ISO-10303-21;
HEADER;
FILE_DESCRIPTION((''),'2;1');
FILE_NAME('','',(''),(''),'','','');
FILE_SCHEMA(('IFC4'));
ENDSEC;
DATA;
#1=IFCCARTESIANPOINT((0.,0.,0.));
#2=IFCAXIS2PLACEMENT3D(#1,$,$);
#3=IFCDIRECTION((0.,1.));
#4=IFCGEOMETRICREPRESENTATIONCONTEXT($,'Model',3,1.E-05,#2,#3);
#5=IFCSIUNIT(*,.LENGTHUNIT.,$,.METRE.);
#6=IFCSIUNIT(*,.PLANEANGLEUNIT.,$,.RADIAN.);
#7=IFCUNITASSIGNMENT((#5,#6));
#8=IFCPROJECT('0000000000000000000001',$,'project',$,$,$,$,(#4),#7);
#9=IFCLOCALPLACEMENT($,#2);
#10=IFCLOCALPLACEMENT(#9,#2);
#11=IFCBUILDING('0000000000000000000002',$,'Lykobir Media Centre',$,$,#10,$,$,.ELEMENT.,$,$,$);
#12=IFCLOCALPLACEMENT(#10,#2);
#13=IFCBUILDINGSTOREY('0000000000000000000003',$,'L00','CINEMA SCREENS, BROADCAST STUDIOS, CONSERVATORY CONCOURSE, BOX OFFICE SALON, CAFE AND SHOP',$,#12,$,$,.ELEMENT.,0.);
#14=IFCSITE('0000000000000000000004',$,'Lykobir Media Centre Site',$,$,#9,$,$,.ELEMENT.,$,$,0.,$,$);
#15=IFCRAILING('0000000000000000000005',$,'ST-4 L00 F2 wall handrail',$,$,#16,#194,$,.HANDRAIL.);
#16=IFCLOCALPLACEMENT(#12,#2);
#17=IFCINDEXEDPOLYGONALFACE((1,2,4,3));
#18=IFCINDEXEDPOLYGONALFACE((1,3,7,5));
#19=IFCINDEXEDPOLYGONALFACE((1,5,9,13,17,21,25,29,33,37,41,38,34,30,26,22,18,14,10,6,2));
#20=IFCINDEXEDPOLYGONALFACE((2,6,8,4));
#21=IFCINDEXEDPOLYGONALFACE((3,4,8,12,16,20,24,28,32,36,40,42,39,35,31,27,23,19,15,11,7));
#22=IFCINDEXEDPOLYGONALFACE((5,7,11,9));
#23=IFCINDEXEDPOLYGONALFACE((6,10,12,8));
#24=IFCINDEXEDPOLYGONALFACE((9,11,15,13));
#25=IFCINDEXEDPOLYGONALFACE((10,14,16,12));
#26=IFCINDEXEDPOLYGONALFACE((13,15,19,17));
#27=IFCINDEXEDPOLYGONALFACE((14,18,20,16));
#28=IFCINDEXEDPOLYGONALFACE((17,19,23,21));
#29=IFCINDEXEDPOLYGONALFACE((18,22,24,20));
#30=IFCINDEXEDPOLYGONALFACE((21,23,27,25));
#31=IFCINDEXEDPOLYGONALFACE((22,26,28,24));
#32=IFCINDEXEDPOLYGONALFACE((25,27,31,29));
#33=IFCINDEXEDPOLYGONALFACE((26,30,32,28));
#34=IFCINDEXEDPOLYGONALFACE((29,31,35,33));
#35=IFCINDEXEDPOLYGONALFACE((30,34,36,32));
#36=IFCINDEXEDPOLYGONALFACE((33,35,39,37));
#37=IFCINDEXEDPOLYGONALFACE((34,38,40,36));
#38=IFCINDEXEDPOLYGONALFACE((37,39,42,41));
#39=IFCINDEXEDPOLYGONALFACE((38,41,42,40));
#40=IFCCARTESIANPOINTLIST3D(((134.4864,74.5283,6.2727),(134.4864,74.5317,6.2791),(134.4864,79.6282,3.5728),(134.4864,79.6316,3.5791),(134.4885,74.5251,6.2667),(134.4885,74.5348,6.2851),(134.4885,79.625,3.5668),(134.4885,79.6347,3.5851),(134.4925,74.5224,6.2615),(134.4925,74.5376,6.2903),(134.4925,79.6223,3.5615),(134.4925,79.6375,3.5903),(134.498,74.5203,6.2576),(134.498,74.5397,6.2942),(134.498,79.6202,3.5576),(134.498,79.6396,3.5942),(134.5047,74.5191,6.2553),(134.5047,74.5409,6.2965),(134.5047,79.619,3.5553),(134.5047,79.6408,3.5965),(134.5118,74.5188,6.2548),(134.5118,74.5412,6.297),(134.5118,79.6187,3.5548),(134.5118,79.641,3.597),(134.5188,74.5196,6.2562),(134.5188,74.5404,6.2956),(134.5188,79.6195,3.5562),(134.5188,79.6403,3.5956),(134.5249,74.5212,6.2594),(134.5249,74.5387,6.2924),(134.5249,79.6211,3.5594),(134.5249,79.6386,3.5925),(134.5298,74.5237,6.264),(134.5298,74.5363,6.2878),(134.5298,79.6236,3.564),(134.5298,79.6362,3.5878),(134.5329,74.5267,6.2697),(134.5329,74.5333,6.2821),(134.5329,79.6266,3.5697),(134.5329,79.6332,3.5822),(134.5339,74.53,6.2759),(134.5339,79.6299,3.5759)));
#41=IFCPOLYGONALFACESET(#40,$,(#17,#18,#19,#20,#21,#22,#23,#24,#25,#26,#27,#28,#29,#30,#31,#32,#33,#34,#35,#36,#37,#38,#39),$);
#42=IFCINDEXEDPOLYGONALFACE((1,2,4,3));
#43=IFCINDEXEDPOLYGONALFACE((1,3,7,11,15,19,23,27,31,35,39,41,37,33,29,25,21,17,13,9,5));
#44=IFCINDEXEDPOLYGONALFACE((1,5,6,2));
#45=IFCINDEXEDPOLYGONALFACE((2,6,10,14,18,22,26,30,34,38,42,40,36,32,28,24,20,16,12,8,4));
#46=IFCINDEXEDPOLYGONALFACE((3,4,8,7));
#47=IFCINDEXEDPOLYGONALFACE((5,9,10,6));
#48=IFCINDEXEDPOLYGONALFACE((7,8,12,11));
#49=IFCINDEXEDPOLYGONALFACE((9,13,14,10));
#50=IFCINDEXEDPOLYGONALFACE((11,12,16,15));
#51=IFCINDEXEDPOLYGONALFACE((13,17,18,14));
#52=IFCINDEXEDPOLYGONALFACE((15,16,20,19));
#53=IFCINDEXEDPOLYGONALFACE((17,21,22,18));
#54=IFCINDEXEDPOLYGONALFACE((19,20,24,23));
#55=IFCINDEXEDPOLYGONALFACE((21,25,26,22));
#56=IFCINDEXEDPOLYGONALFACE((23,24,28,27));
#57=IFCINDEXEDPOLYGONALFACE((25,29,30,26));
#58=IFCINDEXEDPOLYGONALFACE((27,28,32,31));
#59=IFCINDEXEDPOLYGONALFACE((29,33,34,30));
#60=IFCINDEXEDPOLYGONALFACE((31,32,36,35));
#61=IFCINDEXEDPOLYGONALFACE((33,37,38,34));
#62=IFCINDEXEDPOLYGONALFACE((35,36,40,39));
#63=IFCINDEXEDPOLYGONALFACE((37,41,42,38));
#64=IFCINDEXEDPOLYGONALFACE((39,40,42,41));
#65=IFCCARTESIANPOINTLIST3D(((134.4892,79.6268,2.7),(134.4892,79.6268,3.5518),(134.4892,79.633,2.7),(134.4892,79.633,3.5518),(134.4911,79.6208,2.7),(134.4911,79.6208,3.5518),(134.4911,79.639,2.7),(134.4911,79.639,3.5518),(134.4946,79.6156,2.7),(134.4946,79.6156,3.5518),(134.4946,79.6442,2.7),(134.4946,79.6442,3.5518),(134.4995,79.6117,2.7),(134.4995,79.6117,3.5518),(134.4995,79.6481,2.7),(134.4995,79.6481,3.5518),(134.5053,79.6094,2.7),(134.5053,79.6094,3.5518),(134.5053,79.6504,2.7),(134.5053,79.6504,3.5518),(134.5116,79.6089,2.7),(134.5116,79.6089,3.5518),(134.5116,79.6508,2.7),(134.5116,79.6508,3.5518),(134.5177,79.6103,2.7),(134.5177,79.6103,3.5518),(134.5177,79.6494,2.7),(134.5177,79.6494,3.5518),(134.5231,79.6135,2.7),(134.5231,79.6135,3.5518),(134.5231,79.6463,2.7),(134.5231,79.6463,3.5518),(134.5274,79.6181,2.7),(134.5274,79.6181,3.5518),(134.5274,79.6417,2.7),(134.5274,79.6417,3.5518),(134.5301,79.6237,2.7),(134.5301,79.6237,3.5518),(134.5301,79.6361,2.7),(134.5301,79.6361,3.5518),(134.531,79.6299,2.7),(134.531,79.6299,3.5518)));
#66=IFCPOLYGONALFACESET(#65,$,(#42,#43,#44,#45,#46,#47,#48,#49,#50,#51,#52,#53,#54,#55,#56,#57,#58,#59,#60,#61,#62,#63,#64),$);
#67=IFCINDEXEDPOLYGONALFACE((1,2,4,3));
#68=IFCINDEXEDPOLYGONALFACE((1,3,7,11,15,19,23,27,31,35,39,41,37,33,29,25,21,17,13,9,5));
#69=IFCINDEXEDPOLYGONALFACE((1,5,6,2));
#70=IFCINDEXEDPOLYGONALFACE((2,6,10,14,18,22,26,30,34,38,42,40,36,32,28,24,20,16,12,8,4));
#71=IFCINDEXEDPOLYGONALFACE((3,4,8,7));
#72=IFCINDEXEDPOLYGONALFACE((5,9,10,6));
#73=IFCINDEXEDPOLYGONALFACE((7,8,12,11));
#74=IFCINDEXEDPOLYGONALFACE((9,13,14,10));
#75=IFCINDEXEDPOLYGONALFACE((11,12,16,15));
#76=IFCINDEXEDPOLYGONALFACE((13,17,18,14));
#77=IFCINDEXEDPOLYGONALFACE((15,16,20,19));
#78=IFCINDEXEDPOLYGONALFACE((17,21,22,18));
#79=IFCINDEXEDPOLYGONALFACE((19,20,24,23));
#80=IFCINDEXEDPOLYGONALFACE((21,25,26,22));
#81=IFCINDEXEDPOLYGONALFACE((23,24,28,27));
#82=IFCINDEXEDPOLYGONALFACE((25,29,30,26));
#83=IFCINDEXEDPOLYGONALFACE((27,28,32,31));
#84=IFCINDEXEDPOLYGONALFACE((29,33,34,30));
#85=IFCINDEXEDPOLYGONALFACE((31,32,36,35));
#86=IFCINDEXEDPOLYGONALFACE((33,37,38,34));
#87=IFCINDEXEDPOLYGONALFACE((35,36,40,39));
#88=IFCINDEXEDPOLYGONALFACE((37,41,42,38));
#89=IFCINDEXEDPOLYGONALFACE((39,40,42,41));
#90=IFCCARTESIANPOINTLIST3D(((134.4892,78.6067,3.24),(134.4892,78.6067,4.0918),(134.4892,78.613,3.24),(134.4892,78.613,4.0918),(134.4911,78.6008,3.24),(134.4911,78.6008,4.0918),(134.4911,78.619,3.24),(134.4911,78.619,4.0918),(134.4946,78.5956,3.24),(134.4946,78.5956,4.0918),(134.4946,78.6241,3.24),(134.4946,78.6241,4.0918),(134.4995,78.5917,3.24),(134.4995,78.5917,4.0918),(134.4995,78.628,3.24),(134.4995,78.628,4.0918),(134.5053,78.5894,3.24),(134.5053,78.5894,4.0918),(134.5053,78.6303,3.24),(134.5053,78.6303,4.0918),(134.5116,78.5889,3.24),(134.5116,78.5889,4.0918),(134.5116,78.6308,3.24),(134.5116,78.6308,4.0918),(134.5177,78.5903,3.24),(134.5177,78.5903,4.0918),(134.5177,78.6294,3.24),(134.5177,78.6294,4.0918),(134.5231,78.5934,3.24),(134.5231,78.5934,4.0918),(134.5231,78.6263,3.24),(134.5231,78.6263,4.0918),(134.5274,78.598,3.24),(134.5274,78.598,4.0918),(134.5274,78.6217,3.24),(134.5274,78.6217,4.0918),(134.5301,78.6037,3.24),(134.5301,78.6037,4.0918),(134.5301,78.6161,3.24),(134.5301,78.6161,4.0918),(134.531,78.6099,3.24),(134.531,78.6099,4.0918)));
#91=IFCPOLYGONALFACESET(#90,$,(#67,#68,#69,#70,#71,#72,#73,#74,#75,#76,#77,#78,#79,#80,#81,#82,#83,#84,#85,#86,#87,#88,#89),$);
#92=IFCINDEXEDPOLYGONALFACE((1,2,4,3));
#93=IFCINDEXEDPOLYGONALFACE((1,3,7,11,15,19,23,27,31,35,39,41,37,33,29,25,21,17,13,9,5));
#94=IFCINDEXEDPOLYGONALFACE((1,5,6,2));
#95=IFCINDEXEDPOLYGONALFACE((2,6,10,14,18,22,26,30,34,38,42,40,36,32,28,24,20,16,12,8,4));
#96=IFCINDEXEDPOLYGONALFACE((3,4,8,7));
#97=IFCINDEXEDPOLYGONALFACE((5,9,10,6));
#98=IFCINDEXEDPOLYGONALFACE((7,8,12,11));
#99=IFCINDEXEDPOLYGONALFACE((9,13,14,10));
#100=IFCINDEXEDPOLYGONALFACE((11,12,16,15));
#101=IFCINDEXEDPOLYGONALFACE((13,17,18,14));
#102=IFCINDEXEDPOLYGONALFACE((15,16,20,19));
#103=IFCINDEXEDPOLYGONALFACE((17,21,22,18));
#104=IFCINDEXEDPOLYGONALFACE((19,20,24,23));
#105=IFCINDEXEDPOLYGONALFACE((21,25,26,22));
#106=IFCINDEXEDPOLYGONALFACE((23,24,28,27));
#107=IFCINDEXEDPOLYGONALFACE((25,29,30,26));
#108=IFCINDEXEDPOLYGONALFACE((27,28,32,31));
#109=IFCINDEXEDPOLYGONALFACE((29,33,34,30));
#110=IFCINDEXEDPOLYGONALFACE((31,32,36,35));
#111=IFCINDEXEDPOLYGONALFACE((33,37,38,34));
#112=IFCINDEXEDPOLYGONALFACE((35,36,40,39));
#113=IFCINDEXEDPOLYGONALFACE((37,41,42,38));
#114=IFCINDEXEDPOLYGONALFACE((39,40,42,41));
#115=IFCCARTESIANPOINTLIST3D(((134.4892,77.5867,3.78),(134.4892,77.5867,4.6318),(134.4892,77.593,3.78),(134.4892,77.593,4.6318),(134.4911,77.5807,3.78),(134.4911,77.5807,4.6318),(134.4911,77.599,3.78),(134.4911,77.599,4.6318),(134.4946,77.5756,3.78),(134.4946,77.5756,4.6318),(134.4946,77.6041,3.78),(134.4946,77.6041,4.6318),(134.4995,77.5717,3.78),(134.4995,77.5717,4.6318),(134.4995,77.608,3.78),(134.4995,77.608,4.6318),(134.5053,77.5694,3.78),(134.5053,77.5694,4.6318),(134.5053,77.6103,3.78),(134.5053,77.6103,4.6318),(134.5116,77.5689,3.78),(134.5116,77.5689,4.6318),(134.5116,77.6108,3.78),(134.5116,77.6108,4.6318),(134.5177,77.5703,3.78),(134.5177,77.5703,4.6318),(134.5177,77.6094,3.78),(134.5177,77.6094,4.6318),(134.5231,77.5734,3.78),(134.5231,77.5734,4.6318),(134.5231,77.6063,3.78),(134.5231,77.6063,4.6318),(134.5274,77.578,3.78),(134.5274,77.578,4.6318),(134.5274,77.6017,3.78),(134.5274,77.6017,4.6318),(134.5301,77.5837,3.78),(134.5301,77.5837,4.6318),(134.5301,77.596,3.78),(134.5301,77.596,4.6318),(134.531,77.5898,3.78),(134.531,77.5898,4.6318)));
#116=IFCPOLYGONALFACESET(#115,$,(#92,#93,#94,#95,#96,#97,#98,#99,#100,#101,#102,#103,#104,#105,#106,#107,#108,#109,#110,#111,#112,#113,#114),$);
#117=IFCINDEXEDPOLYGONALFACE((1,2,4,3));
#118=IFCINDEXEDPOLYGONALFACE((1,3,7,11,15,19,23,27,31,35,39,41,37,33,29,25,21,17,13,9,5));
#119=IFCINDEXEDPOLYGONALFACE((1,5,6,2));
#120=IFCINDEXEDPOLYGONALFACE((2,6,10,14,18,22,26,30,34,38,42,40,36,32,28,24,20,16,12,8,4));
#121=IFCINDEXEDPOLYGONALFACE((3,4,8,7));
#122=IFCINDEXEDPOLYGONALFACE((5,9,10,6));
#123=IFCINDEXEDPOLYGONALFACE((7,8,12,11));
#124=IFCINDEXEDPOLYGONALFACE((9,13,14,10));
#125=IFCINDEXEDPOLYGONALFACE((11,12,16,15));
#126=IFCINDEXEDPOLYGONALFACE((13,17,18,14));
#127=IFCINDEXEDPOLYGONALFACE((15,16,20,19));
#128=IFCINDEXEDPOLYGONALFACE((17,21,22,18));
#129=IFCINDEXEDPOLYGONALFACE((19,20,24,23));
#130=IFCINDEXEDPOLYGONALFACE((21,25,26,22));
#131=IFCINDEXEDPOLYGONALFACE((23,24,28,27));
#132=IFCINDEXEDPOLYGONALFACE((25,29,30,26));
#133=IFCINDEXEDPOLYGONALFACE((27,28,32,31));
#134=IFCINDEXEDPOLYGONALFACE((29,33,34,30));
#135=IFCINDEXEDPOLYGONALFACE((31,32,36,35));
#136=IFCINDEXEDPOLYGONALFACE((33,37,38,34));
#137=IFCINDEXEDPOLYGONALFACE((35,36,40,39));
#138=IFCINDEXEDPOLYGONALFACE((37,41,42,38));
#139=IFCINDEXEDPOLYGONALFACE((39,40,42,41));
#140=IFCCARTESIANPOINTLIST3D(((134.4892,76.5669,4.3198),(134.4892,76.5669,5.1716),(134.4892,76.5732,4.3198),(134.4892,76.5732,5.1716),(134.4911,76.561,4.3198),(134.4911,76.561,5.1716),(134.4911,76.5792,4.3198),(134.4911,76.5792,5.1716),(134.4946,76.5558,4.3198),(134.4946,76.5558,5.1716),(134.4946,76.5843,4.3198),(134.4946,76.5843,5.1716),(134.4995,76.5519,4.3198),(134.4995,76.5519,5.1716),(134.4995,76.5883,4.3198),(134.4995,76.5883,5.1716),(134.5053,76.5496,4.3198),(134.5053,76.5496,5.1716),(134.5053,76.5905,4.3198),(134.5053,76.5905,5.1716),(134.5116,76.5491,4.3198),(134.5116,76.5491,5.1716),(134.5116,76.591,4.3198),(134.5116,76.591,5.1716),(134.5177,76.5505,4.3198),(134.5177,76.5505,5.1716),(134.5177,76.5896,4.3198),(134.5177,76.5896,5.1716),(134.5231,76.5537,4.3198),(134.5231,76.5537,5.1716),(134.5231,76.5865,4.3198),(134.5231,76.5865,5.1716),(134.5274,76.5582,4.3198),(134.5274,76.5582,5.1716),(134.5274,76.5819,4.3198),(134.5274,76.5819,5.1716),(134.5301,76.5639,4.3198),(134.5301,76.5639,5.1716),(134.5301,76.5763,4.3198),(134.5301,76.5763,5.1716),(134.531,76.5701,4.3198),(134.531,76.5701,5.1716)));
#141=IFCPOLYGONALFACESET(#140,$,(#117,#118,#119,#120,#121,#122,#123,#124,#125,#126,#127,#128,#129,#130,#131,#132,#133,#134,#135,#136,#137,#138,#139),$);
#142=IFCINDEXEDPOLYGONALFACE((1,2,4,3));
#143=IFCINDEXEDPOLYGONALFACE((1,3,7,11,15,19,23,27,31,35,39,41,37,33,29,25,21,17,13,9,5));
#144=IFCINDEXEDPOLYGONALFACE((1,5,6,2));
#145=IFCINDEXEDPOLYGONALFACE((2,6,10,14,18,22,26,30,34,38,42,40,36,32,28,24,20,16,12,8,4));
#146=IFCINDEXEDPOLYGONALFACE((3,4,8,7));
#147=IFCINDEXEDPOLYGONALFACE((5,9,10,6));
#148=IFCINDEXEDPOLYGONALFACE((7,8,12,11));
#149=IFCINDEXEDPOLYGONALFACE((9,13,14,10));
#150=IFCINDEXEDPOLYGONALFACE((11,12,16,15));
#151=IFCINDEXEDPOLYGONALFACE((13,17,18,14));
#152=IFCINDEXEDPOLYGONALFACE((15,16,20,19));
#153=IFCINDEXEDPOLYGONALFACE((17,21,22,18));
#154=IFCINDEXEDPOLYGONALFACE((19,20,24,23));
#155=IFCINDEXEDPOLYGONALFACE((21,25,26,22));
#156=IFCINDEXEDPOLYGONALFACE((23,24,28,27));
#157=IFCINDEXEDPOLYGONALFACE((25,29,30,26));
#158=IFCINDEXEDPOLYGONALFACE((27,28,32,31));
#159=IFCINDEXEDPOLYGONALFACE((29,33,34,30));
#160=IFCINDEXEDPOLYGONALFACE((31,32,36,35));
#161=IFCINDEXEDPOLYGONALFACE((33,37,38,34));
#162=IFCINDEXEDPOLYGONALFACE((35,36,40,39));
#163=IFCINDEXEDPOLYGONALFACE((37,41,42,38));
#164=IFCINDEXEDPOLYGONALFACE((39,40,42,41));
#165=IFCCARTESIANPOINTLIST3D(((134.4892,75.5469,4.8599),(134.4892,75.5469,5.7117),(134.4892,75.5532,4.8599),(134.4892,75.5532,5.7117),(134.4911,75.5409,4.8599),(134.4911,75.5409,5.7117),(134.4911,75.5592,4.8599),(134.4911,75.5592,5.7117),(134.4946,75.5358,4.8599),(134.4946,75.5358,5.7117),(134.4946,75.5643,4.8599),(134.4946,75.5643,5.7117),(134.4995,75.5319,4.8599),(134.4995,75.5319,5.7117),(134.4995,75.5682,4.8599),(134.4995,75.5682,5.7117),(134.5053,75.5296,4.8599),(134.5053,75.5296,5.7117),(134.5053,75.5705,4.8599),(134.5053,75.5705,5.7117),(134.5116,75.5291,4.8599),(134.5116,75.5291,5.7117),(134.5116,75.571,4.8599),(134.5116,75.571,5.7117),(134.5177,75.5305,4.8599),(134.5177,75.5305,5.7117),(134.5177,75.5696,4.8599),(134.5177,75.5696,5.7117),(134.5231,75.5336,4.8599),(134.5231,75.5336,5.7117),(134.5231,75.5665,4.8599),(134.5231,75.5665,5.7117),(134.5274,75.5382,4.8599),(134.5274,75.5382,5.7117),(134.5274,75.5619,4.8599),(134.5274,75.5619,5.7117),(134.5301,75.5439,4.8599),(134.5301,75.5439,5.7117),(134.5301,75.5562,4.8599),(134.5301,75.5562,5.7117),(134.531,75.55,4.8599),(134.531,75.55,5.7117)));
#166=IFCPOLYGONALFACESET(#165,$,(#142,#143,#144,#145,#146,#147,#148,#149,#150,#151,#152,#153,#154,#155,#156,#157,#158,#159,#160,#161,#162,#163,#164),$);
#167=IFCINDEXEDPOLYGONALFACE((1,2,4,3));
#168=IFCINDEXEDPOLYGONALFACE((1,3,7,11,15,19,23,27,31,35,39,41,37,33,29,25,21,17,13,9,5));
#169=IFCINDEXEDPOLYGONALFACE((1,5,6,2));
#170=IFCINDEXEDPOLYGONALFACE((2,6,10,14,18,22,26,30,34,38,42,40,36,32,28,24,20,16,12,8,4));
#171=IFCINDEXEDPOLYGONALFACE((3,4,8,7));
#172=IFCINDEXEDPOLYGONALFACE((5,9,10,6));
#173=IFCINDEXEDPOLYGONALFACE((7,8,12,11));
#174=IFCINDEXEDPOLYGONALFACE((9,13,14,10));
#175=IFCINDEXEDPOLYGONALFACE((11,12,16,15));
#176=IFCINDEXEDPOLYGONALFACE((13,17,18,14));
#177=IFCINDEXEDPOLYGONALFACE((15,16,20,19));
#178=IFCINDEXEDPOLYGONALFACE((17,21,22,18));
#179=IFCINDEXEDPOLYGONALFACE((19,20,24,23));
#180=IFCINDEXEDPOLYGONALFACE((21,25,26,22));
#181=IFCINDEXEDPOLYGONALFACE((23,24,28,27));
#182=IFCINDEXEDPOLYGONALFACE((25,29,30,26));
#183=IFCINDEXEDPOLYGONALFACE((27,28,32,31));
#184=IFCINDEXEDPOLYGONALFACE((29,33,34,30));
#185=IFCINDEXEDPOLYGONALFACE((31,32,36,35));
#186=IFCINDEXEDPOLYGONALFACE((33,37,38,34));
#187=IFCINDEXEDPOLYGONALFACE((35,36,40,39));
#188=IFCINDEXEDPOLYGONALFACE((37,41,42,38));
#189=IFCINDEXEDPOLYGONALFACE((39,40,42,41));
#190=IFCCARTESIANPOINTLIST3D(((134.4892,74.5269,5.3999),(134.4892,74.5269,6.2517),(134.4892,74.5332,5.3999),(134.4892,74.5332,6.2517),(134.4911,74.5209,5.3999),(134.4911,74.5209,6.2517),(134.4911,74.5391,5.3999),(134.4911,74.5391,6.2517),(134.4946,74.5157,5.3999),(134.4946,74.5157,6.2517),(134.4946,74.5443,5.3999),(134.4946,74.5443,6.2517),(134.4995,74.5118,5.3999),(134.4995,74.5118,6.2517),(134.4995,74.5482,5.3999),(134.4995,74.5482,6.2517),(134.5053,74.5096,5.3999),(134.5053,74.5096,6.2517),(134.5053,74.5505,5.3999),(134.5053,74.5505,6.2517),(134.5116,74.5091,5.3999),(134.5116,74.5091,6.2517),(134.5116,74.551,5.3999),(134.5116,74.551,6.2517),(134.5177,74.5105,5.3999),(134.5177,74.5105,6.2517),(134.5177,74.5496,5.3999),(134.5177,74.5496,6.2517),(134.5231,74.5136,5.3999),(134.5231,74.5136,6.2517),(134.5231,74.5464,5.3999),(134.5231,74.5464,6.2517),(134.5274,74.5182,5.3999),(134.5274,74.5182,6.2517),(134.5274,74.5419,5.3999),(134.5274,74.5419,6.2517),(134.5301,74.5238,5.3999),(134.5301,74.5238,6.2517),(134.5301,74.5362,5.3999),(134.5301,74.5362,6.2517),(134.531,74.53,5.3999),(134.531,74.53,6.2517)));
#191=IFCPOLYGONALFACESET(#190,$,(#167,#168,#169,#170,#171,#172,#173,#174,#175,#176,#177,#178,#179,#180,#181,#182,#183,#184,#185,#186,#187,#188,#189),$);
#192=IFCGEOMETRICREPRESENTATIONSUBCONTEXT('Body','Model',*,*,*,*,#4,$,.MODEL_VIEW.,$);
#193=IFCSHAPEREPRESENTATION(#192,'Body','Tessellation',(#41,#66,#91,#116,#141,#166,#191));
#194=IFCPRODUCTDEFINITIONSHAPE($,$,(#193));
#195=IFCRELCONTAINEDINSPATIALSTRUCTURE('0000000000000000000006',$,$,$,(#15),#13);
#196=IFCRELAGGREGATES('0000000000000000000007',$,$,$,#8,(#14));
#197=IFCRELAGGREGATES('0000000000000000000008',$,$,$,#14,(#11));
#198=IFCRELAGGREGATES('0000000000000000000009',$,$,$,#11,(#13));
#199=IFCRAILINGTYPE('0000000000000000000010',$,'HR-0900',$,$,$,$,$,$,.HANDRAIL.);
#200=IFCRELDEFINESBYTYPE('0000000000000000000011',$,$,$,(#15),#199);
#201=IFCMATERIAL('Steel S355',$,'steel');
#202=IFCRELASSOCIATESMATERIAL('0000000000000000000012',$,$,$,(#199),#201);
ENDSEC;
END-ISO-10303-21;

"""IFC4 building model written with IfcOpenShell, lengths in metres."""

from ifc_helpers import new_model, si_unit, direction, frame, origin, origin_2d, place, context, subcontext, project, spatial, circle, extrude, material, type_object, element, save


model = new_model("IFC4")

# Units and contexts
model_context = context("Model", 3, precision=1e-05, world=origin(), true_north=direction((0.0, 1.0)))
body_context = subcontext(model_context, "Body", "Model", "MODEL_VIEW")
ifc_project = project(units=[si_unit("LENGTHUNIT", "METRE"), si_unit("PLANEANGLEUNIT", "RADIAN")], contexts=[model_context])

# Site, building, storey
site_placement = place(None, origin())
site = spatial("IfcSite", under=ifc_project, at=site_placement, Name="Lykobir Media Centre Site", CompositionType="ELEMENT", RefElevation=0.0)
building_placement = place(site_placement, origin())
building = spatial("IfcBuilding", under=site, at=building_placement, Name="Lykobir Media Centre", CompositionType="ELEMENT")
storey_placement = place(building_placement, origin())
storey = spatial("IfcBuildingStorey", under=building, at=storey_placement, Name="L00", Description="CINEMA SCREENS, BROADCAST STUDIOS, CONSERVATORY CONCOURSE, BOX OFFICE SALON, CAFE AND SHOP", CompositionType="ELEMENT", Elevation=0.0)

# Shared definitions
ifc_material_1 = material(Name="Steel S355", Category="steel")

# Railing
railing_type_1 = type_object("IfcRailingType", Name="HR-0900", PredefinedType="HANDRAIL", material=ifc_material_1)
railing_1_placement = place(storey_placement, frame((134.51, 79.6299, 2.7)))
element("IfcRailing", 1, at=railing_1_placement, inside=storey, type_object=railing_type_1, Name="ST-4 L00 F2 wall handrail", PredefinedType="HANDRAIL", context=body_context, shape_type="SweptSolid", body=[
    extrude(circle(Radius=0.0239, at=origin_2d()), frame((0.0, 0.0, 0.876), z_axis=(0.0, -0.883786, 0.467892), x_axis=(1.0, 0.0, 0.0)), (0.0, 0.0, 1.0), 5.7705),
    extrude(circle(Radius=0.021, at=origin_2d()), origin(), (0.0, 0.0, 1.0), 0.8518),
    extrude(circle(Radius=0.021, at=origin_2d()), frame((0.0, -1.02, 0.54)), (0.0, 0.0, 1.0), 0.8518),
    extrude(circle(Radius=0.021, at=origin_2d()), frame((0.0, -2.04, 1.0801)), (0.0, 0.0, 1.0), 0.8518),
    extrude(circle(Radius=0.021, at=origin_2d()), frame((0.0, -3.0598, 1.6199)), (0.0, 0.0, 1.0), 0.8518),
    extrude(circle(Radius=0.021, at=origin_2d()), frame((0.0, -4.0798, 2.1599)), (0.0, 0.0, 1.0), 0.8518),
    extrude(circle(Radius=0.021, at=origin_2d()), frame((0.0, -5.0999, 2.7)), (0.0, 0.0, 1.0), 0.8518),
])

save(model, "model.ifc")
